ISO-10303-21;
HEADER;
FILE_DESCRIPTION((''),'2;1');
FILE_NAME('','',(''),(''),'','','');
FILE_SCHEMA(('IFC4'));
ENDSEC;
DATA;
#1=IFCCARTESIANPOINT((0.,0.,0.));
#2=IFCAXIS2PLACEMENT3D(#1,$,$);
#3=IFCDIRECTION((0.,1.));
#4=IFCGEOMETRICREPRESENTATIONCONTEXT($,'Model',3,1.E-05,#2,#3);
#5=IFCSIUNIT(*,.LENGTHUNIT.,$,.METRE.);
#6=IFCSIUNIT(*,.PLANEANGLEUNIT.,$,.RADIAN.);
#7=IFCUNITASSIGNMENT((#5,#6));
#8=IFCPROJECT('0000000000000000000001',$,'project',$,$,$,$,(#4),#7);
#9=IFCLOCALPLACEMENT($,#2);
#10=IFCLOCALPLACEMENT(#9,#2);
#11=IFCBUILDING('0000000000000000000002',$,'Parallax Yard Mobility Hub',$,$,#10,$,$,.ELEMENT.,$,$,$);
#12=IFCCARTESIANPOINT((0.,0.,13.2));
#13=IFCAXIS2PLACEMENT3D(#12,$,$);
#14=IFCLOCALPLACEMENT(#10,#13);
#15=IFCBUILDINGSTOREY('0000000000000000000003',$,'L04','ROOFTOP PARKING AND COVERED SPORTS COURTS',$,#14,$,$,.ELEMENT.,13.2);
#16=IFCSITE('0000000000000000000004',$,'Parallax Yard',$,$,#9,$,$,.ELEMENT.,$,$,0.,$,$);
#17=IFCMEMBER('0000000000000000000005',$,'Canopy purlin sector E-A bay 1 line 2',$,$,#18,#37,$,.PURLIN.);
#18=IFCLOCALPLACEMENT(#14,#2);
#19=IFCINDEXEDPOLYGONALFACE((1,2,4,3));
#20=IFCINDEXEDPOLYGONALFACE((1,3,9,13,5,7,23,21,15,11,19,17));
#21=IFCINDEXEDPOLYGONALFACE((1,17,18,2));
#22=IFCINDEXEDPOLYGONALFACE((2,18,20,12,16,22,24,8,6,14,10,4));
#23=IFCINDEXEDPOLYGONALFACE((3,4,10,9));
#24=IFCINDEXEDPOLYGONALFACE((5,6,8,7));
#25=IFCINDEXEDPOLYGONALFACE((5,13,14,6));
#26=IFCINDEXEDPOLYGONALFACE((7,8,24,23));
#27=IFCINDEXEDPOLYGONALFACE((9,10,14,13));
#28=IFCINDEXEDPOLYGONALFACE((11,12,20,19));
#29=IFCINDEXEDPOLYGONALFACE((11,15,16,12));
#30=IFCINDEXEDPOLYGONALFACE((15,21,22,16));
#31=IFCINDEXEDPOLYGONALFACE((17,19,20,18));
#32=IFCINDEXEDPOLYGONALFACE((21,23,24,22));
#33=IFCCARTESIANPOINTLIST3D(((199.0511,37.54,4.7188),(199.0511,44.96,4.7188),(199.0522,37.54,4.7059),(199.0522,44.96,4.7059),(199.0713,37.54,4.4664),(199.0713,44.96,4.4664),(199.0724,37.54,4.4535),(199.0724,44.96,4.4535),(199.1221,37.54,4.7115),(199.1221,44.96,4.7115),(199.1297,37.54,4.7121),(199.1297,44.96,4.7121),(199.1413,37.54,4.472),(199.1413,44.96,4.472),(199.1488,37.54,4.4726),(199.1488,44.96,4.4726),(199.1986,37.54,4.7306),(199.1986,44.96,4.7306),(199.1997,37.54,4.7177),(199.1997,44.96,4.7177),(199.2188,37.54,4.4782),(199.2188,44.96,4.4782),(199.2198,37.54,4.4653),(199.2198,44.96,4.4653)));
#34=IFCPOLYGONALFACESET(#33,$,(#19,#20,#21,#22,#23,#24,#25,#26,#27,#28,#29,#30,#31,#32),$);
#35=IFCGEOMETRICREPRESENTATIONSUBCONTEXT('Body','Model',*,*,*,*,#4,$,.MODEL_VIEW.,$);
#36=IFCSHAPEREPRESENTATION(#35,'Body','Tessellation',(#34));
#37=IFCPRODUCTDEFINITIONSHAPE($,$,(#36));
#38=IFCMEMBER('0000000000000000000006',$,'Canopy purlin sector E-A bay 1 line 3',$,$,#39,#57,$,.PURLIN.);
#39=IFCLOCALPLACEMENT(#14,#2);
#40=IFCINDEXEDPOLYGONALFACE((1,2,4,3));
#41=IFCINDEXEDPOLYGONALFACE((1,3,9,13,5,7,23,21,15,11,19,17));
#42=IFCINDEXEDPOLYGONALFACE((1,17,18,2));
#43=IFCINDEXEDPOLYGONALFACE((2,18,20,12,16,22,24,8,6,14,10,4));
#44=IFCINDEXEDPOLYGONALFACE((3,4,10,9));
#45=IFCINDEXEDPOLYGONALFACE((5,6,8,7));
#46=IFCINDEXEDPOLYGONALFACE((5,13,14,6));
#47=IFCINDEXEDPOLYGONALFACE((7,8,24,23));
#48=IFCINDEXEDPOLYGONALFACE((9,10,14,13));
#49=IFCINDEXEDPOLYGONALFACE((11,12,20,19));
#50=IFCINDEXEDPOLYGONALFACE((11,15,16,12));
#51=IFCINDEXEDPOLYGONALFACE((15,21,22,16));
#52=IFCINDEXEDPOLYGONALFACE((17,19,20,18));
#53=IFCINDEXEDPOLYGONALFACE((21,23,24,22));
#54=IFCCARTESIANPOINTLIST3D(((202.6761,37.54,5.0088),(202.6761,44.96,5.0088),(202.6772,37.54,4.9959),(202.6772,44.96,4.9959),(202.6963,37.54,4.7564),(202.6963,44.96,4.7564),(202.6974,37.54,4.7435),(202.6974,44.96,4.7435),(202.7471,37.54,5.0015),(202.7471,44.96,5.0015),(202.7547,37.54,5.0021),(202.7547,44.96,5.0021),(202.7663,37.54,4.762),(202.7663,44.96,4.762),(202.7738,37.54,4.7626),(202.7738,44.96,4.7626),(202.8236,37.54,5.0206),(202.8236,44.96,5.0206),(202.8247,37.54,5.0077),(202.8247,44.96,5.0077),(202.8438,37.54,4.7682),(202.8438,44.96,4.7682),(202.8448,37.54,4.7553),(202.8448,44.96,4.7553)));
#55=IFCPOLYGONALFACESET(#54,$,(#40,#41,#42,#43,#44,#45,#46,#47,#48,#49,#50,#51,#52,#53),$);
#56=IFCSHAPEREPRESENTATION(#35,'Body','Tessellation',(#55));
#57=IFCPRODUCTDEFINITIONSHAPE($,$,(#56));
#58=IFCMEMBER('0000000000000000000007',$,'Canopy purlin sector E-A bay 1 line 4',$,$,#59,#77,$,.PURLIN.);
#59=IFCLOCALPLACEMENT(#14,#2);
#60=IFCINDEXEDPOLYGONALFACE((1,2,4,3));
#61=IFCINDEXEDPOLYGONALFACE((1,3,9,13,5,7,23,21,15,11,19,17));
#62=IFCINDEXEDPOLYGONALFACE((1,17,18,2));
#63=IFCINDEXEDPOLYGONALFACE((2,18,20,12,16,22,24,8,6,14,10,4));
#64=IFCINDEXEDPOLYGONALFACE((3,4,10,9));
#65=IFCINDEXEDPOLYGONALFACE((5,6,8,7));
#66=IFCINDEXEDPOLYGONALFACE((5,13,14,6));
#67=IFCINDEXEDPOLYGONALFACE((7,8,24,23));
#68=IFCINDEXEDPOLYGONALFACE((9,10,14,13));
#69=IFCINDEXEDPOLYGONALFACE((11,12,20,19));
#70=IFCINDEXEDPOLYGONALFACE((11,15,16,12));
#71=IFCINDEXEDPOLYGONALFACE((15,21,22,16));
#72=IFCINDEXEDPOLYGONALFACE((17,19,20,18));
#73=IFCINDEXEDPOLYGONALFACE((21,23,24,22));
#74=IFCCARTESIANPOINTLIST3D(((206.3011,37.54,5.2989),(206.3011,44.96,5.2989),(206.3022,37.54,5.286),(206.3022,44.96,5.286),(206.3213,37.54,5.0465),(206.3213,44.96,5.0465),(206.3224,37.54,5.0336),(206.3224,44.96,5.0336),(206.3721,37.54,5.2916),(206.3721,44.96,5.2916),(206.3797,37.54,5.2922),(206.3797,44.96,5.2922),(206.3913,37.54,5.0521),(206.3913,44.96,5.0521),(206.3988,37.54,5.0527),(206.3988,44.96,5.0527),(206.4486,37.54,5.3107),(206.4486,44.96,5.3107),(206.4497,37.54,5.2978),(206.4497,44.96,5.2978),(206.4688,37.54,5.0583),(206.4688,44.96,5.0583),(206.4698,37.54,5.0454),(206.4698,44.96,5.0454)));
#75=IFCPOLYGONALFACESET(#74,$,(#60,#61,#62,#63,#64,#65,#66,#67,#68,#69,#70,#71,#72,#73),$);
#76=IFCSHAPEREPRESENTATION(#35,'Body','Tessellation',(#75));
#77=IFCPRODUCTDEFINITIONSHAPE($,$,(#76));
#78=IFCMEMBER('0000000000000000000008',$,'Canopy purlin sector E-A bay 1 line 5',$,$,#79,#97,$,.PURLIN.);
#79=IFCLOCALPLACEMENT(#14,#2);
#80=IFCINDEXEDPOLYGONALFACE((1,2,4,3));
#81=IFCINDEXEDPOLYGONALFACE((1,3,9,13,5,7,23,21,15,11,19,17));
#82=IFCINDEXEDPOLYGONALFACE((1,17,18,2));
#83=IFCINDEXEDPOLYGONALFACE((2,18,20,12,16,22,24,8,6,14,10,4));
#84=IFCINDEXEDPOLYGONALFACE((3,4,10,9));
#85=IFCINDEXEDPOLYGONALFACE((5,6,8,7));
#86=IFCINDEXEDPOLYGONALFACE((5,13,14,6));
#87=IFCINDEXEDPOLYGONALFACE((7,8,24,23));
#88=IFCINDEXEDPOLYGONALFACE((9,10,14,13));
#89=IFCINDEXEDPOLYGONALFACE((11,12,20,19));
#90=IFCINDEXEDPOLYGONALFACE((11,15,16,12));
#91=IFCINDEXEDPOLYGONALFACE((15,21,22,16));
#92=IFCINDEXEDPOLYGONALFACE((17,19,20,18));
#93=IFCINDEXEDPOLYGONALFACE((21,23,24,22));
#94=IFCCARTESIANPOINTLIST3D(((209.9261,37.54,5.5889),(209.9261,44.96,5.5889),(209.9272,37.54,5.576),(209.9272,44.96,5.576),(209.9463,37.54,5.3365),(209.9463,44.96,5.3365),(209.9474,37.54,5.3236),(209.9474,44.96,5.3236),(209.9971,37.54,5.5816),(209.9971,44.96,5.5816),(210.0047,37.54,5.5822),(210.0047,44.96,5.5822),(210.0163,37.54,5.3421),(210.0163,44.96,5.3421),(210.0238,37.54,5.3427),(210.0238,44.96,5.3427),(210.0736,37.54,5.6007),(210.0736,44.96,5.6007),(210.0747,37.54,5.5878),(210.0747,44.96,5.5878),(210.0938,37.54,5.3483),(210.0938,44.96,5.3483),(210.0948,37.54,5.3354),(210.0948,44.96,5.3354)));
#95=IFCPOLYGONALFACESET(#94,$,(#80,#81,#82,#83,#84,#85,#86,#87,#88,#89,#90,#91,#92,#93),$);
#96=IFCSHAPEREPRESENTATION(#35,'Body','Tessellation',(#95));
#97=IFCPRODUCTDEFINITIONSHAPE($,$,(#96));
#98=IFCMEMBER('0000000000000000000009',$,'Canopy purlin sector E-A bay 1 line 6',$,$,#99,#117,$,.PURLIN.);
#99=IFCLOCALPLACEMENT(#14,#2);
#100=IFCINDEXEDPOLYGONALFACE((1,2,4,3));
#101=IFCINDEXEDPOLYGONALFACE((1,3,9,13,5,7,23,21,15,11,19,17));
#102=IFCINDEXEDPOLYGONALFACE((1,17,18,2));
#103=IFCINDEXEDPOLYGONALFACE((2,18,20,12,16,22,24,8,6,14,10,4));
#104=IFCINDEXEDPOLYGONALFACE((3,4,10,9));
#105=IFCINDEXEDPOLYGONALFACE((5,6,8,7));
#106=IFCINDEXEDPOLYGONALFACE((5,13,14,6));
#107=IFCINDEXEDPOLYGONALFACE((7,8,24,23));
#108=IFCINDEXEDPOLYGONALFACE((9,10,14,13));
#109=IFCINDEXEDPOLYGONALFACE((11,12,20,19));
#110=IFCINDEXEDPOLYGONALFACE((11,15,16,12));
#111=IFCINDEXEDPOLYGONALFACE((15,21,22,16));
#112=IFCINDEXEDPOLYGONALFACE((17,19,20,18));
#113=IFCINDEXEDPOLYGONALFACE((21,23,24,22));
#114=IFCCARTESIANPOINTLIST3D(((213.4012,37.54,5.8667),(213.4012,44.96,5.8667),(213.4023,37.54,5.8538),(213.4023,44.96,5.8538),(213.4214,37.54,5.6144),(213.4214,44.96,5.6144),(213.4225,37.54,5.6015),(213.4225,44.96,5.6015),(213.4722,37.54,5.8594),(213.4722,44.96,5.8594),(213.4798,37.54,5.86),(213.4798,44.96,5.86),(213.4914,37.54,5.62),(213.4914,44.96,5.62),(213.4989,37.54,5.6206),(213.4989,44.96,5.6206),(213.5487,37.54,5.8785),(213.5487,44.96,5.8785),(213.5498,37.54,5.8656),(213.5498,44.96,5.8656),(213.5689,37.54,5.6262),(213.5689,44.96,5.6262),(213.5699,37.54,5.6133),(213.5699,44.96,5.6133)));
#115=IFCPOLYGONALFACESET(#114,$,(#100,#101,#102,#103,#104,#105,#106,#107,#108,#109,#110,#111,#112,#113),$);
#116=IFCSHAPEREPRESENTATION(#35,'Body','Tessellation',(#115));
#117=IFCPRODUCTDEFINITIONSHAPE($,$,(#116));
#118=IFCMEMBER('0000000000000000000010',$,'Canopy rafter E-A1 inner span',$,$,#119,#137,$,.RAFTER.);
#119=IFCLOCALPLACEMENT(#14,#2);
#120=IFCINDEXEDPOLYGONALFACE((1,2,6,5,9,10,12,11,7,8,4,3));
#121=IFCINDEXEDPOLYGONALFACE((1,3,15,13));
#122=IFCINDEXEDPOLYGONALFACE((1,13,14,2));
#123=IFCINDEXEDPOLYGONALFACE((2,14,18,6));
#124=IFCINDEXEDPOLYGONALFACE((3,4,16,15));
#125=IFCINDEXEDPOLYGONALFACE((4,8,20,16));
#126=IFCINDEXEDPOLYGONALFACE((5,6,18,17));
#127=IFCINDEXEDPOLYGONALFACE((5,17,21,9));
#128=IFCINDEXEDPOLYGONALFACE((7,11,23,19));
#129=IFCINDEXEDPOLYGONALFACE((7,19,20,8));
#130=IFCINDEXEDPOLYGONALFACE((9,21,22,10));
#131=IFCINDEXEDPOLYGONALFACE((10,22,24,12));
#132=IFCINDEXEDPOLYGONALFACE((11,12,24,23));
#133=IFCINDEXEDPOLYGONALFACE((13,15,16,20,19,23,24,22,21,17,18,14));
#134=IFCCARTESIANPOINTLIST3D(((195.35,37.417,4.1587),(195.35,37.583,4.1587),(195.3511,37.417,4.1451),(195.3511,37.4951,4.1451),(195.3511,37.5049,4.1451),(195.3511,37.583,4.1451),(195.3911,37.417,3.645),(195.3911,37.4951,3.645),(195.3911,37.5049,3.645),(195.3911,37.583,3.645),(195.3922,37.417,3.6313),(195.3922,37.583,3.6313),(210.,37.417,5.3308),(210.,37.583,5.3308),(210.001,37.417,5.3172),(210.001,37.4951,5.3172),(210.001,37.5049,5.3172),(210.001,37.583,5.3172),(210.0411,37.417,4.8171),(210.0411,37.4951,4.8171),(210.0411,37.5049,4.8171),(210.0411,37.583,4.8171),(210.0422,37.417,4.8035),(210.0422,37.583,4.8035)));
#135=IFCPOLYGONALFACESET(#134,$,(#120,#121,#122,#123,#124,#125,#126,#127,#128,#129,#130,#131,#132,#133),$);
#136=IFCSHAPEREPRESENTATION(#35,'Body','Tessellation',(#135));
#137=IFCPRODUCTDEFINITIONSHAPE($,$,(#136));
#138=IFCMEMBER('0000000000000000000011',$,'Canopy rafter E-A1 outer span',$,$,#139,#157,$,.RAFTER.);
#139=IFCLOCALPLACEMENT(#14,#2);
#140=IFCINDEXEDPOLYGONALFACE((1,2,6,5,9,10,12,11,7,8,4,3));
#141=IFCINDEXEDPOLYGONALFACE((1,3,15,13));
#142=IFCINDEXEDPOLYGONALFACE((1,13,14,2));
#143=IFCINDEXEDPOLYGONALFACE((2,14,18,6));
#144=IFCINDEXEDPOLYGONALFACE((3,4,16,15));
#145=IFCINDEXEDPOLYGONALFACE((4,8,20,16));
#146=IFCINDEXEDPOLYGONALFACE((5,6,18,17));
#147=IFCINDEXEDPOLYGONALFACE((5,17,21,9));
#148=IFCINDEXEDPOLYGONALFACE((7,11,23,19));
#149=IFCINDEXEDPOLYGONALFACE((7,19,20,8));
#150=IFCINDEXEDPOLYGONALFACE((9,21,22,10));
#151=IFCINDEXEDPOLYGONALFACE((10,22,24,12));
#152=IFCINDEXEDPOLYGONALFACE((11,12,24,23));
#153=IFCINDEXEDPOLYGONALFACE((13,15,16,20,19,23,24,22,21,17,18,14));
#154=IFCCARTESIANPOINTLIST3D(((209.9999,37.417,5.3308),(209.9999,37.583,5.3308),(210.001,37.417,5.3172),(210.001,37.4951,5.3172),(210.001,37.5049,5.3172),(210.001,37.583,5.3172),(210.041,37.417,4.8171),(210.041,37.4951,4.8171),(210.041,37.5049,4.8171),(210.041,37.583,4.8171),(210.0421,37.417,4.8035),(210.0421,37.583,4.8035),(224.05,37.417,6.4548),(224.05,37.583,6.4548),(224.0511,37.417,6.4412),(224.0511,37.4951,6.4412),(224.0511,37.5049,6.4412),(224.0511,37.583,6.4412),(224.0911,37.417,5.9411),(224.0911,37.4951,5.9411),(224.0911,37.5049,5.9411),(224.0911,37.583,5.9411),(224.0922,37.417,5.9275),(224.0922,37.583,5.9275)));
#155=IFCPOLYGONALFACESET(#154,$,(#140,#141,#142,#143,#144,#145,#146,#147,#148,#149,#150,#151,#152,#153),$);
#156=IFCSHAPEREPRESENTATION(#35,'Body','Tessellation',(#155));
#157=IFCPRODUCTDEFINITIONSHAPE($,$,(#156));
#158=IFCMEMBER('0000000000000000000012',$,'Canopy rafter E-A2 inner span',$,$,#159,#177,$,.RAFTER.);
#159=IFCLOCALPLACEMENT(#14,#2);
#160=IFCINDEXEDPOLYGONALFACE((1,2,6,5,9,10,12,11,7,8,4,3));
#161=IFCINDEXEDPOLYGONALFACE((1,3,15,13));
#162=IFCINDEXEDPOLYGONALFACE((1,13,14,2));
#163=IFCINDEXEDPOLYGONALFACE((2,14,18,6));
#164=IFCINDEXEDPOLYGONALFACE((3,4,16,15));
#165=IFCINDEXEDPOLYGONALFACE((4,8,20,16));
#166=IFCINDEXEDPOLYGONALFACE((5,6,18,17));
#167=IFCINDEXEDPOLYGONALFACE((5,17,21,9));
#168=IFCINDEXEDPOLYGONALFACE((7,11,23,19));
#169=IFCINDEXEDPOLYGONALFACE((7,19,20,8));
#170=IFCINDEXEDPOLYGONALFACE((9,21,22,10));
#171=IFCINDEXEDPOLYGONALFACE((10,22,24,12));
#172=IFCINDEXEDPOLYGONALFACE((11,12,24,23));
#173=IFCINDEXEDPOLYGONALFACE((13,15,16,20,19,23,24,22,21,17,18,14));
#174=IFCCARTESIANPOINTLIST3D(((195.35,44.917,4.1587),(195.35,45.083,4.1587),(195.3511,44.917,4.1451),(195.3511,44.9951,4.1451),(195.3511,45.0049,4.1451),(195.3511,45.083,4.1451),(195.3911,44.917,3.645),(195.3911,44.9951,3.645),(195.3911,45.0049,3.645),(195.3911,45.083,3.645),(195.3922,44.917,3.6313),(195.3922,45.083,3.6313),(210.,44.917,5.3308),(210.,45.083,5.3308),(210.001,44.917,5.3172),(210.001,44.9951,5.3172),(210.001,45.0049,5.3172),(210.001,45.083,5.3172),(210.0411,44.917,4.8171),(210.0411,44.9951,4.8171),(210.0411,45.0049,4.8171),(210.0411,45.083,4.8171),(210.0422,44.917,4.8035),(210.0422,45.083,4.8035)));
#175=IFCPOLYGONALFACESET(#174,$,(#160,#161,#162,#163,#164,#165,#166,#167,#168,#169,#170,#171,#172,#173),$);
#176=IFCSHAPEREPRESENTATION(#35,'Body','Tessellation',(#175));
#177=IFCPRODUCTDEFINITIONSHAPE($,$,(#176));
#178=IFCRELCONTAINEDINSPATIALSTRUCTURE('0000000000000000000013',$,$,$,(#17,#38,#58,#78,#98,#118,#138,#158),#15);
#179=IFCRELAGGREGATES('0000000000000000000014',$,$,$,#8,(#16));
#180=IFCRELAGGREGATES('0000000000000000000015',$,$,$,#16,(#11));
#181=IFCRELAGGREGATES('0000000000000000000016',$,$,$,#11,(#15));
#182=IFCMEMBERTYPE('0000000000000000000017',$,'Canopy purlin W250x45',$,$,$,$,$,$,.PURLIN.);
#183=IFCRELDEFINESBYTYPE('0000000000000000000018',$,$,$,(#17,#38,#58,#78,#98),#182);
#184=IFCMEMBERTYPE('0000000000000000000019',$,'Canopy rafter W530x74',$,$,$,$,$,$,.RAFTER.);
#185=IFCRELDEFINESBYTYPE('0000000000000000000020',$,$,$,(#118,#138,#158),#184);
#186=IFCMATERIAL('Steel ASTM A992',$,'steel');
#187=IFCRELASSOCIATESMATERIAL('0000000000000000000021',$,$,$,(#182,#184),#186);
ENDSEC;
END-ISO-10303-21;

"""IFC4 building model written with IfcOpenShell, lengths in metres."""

from ifc_helpers import new_model, si_unit, direction, frame, origin, origin_2d, place, context, subcontext, project, spatial, i_section, extrude, material, material_profile, profile_set, type_object, element, save


model = new_model("IFC4")

# Units and contexts
model_context = context("Model", 3, precision=1e-05, world=origin(), true_north=direction((0.0, 1.0)))
body_context = subcontext(model_context, "Body", "Model", "MODEL_VIEW")
ifc_project = project(units=[si_unit("LENGTHUNIT", "METRE"), si_unit("PLANEANGLEUNIT", "RADIAN")], contexts=[model_context])

# Site, building, storey
site_placement = place(None, origin())
site = spatial("IfcSite", under=ifc_project, at=site_placement, Name="Parallax Yard", CompositionType="ELEMENT", RefElevation=0.0)
building_placement = place(site_placement, origin())
building = spatial("IfcBuilding", under=site, at=building_placement, Name="Parallax Yard Mobility Hub", CompositionType="ELEMENT")
storey_placement = place(building_placement, frame((0.0, 0.0, 13.2)))
storey = spatial("IfcBuildingStorey", under=building, at=storey_placement, Name="L04", Description="ROOFTOP PARKING AND COVERED SPORTS COURTS", CompositionType="ELEMENT", Elevation=13.2)

# Shared definitions
ifc_material_1 = material(Name="Steel ASTM A992", Category="steel")

# Members
ifc_material_profile_1 = material_profile(ifc_material_1, i_section(OverallWidth=0.1479, OverallDepth=0.2661, WebThickness=0.0076, FlangeThickness=0.0129, at=origin_2d()), Name="W250x45")
ifc_profile_set_1 = profile_set([ifc_material_profile_1], Name="Steel ASTM A992")
member_type_1 = type_object("IfcMemberType", Name="Canopy purlin W250x45", PredefinedType="PURLIN", material=ifc_profile_set_1)
for number, where, z_axis, x_axis, name in (
    (1, (199.1355, 37.54, 4.592), (0.0, 1.0, 0.0), (-0.996815, 0.0, -0.079745), "Canopy purlin sector E-A bay 1 line 2"),
    (2, (202.7605, 37.54, 4.8821), (0.0, 1.0, 0.0), (-0.996815, 0.0, -0.079745), "Canopy purlin sector E-A bay 1 line 3"),
    (3, (206.3855, 37.54, 5.1721), (0.0, 1.0, 0.0), (-0.996815, 0.0, -0.079745), "Canopy purlin sector E-A bay 1 line 4"),
    (4, (210.0105, 37.54, 5.4622), (0.0, 1.0, 0.0), (-0.996815, 0.0, -0.079745), "Canopy purlin sector E-A bay 1 line 5"),
    (5, (213.4856, 37.54, 5.74), (0.0, 1.0, 0.0), (-0.996815, 0.0, -0.079745), "Canopy purlin sector E-A bay 1 line 6"),
):
    element("IfcMember", number, at=place(storey_placement, frame(where, z_axis=z_axis, x_axis=x_axis)), inside=storey, type_object=member_type_1, Name=name, PredefinedType="PURLIN", context=body_context, shape_type="SweptSolid", body=[
        extrude(i_section(OverallWidth=0.1479, OverallDepth=0.2661, WebThickness=0.0076, FlangeThickness=0.0129, at=origin_2d()), origin(), (0.0, 0.0, 1.0), 7.4199),
    ])
ifc_material_profile_2 = material_profile(ifc_material_1, i_section(OverallWidth=0.166, OverallDepth=0.5291, WebThickness=0.0098, FlangeThickness=0.0137, at=origin_2d()), Name="W530x74")
ifc_profile_set_2 = profile_set([ifc_material_profile_2], Name="Steel ASTM A992")
member_type_2 = type_object("IfcMemberType", Name="Canopy rafter W530x74", PredefinedType="RAFTER", material=ifc_profile_set_2)
member_1_placement = place(storey_placement, frame((195.3711, 37.5, 3.895), z_axis=(0.996815, 0.0, 0.079754), x_axis=(0.0, 1.0, 0.0)))
element("IfcMember", 6, at=member_1_placement, inside=storey, type_object=member_type_2, Name="Canopy rafter E-A1 inner span", PredefinedType="RAFTER", context=body_context, shape_type="SweptSolid", body=[
    extrude(i_section(OverallWidth=0.166, OverallDepth=0.5291, WebThickness=0.0098, FlangeThickness=0.0137, at=origin_2d()), origin(), (0.0, 0.0, 1.0), 14.6968),
])
member_2_placement = place(storey_placement, frame((210.021, 37.5, 5.0671), z_axis=(0.996815, 0.0, 0.079747), x_axis=(0.0, 1.0, 0.0)))
element("IfcMember", 7, at=member_2_placement, inside=storey, type_object=member_type_2, Name="Canopy rafter E-A1 outer span", PredefinedType="RAFTER", context=body_context, shape_type="SweptSolid", body=[
    extrude(i_section(OverallWidth=0.166, OverallDepth=0.5291, WebThickness=0.0098, FlangeThickness=0.0137, at=origin_2d()), origin(), (0.0, 0.0, 1.0), 14.095),
])
member_3_placement = place(storey_placement, frame((195.3711, 45.0, 3.895), z_axis=(0.996815, 0.0, 0.079754), x_axis=(0.0, 1.0, 0.0)))
element("IfcMember", 8, at=member_3_placement, inside=storey, type_object=member_type_2, Name="Canopy rafter E-A2 inner span", PredefinedType="RAFTER", context=body_context, shape_type="SweptSolid", body=[
    extrude(i_section(OverallWidth=0.166, OverallDepth=0.5291, WebThickness=0.0098, FlangeThickness=0.0137, at=origin_2d()), origin(), (0.0, 0.0, 1.0), 14.6968),
])

save(model, "model.ifc")
